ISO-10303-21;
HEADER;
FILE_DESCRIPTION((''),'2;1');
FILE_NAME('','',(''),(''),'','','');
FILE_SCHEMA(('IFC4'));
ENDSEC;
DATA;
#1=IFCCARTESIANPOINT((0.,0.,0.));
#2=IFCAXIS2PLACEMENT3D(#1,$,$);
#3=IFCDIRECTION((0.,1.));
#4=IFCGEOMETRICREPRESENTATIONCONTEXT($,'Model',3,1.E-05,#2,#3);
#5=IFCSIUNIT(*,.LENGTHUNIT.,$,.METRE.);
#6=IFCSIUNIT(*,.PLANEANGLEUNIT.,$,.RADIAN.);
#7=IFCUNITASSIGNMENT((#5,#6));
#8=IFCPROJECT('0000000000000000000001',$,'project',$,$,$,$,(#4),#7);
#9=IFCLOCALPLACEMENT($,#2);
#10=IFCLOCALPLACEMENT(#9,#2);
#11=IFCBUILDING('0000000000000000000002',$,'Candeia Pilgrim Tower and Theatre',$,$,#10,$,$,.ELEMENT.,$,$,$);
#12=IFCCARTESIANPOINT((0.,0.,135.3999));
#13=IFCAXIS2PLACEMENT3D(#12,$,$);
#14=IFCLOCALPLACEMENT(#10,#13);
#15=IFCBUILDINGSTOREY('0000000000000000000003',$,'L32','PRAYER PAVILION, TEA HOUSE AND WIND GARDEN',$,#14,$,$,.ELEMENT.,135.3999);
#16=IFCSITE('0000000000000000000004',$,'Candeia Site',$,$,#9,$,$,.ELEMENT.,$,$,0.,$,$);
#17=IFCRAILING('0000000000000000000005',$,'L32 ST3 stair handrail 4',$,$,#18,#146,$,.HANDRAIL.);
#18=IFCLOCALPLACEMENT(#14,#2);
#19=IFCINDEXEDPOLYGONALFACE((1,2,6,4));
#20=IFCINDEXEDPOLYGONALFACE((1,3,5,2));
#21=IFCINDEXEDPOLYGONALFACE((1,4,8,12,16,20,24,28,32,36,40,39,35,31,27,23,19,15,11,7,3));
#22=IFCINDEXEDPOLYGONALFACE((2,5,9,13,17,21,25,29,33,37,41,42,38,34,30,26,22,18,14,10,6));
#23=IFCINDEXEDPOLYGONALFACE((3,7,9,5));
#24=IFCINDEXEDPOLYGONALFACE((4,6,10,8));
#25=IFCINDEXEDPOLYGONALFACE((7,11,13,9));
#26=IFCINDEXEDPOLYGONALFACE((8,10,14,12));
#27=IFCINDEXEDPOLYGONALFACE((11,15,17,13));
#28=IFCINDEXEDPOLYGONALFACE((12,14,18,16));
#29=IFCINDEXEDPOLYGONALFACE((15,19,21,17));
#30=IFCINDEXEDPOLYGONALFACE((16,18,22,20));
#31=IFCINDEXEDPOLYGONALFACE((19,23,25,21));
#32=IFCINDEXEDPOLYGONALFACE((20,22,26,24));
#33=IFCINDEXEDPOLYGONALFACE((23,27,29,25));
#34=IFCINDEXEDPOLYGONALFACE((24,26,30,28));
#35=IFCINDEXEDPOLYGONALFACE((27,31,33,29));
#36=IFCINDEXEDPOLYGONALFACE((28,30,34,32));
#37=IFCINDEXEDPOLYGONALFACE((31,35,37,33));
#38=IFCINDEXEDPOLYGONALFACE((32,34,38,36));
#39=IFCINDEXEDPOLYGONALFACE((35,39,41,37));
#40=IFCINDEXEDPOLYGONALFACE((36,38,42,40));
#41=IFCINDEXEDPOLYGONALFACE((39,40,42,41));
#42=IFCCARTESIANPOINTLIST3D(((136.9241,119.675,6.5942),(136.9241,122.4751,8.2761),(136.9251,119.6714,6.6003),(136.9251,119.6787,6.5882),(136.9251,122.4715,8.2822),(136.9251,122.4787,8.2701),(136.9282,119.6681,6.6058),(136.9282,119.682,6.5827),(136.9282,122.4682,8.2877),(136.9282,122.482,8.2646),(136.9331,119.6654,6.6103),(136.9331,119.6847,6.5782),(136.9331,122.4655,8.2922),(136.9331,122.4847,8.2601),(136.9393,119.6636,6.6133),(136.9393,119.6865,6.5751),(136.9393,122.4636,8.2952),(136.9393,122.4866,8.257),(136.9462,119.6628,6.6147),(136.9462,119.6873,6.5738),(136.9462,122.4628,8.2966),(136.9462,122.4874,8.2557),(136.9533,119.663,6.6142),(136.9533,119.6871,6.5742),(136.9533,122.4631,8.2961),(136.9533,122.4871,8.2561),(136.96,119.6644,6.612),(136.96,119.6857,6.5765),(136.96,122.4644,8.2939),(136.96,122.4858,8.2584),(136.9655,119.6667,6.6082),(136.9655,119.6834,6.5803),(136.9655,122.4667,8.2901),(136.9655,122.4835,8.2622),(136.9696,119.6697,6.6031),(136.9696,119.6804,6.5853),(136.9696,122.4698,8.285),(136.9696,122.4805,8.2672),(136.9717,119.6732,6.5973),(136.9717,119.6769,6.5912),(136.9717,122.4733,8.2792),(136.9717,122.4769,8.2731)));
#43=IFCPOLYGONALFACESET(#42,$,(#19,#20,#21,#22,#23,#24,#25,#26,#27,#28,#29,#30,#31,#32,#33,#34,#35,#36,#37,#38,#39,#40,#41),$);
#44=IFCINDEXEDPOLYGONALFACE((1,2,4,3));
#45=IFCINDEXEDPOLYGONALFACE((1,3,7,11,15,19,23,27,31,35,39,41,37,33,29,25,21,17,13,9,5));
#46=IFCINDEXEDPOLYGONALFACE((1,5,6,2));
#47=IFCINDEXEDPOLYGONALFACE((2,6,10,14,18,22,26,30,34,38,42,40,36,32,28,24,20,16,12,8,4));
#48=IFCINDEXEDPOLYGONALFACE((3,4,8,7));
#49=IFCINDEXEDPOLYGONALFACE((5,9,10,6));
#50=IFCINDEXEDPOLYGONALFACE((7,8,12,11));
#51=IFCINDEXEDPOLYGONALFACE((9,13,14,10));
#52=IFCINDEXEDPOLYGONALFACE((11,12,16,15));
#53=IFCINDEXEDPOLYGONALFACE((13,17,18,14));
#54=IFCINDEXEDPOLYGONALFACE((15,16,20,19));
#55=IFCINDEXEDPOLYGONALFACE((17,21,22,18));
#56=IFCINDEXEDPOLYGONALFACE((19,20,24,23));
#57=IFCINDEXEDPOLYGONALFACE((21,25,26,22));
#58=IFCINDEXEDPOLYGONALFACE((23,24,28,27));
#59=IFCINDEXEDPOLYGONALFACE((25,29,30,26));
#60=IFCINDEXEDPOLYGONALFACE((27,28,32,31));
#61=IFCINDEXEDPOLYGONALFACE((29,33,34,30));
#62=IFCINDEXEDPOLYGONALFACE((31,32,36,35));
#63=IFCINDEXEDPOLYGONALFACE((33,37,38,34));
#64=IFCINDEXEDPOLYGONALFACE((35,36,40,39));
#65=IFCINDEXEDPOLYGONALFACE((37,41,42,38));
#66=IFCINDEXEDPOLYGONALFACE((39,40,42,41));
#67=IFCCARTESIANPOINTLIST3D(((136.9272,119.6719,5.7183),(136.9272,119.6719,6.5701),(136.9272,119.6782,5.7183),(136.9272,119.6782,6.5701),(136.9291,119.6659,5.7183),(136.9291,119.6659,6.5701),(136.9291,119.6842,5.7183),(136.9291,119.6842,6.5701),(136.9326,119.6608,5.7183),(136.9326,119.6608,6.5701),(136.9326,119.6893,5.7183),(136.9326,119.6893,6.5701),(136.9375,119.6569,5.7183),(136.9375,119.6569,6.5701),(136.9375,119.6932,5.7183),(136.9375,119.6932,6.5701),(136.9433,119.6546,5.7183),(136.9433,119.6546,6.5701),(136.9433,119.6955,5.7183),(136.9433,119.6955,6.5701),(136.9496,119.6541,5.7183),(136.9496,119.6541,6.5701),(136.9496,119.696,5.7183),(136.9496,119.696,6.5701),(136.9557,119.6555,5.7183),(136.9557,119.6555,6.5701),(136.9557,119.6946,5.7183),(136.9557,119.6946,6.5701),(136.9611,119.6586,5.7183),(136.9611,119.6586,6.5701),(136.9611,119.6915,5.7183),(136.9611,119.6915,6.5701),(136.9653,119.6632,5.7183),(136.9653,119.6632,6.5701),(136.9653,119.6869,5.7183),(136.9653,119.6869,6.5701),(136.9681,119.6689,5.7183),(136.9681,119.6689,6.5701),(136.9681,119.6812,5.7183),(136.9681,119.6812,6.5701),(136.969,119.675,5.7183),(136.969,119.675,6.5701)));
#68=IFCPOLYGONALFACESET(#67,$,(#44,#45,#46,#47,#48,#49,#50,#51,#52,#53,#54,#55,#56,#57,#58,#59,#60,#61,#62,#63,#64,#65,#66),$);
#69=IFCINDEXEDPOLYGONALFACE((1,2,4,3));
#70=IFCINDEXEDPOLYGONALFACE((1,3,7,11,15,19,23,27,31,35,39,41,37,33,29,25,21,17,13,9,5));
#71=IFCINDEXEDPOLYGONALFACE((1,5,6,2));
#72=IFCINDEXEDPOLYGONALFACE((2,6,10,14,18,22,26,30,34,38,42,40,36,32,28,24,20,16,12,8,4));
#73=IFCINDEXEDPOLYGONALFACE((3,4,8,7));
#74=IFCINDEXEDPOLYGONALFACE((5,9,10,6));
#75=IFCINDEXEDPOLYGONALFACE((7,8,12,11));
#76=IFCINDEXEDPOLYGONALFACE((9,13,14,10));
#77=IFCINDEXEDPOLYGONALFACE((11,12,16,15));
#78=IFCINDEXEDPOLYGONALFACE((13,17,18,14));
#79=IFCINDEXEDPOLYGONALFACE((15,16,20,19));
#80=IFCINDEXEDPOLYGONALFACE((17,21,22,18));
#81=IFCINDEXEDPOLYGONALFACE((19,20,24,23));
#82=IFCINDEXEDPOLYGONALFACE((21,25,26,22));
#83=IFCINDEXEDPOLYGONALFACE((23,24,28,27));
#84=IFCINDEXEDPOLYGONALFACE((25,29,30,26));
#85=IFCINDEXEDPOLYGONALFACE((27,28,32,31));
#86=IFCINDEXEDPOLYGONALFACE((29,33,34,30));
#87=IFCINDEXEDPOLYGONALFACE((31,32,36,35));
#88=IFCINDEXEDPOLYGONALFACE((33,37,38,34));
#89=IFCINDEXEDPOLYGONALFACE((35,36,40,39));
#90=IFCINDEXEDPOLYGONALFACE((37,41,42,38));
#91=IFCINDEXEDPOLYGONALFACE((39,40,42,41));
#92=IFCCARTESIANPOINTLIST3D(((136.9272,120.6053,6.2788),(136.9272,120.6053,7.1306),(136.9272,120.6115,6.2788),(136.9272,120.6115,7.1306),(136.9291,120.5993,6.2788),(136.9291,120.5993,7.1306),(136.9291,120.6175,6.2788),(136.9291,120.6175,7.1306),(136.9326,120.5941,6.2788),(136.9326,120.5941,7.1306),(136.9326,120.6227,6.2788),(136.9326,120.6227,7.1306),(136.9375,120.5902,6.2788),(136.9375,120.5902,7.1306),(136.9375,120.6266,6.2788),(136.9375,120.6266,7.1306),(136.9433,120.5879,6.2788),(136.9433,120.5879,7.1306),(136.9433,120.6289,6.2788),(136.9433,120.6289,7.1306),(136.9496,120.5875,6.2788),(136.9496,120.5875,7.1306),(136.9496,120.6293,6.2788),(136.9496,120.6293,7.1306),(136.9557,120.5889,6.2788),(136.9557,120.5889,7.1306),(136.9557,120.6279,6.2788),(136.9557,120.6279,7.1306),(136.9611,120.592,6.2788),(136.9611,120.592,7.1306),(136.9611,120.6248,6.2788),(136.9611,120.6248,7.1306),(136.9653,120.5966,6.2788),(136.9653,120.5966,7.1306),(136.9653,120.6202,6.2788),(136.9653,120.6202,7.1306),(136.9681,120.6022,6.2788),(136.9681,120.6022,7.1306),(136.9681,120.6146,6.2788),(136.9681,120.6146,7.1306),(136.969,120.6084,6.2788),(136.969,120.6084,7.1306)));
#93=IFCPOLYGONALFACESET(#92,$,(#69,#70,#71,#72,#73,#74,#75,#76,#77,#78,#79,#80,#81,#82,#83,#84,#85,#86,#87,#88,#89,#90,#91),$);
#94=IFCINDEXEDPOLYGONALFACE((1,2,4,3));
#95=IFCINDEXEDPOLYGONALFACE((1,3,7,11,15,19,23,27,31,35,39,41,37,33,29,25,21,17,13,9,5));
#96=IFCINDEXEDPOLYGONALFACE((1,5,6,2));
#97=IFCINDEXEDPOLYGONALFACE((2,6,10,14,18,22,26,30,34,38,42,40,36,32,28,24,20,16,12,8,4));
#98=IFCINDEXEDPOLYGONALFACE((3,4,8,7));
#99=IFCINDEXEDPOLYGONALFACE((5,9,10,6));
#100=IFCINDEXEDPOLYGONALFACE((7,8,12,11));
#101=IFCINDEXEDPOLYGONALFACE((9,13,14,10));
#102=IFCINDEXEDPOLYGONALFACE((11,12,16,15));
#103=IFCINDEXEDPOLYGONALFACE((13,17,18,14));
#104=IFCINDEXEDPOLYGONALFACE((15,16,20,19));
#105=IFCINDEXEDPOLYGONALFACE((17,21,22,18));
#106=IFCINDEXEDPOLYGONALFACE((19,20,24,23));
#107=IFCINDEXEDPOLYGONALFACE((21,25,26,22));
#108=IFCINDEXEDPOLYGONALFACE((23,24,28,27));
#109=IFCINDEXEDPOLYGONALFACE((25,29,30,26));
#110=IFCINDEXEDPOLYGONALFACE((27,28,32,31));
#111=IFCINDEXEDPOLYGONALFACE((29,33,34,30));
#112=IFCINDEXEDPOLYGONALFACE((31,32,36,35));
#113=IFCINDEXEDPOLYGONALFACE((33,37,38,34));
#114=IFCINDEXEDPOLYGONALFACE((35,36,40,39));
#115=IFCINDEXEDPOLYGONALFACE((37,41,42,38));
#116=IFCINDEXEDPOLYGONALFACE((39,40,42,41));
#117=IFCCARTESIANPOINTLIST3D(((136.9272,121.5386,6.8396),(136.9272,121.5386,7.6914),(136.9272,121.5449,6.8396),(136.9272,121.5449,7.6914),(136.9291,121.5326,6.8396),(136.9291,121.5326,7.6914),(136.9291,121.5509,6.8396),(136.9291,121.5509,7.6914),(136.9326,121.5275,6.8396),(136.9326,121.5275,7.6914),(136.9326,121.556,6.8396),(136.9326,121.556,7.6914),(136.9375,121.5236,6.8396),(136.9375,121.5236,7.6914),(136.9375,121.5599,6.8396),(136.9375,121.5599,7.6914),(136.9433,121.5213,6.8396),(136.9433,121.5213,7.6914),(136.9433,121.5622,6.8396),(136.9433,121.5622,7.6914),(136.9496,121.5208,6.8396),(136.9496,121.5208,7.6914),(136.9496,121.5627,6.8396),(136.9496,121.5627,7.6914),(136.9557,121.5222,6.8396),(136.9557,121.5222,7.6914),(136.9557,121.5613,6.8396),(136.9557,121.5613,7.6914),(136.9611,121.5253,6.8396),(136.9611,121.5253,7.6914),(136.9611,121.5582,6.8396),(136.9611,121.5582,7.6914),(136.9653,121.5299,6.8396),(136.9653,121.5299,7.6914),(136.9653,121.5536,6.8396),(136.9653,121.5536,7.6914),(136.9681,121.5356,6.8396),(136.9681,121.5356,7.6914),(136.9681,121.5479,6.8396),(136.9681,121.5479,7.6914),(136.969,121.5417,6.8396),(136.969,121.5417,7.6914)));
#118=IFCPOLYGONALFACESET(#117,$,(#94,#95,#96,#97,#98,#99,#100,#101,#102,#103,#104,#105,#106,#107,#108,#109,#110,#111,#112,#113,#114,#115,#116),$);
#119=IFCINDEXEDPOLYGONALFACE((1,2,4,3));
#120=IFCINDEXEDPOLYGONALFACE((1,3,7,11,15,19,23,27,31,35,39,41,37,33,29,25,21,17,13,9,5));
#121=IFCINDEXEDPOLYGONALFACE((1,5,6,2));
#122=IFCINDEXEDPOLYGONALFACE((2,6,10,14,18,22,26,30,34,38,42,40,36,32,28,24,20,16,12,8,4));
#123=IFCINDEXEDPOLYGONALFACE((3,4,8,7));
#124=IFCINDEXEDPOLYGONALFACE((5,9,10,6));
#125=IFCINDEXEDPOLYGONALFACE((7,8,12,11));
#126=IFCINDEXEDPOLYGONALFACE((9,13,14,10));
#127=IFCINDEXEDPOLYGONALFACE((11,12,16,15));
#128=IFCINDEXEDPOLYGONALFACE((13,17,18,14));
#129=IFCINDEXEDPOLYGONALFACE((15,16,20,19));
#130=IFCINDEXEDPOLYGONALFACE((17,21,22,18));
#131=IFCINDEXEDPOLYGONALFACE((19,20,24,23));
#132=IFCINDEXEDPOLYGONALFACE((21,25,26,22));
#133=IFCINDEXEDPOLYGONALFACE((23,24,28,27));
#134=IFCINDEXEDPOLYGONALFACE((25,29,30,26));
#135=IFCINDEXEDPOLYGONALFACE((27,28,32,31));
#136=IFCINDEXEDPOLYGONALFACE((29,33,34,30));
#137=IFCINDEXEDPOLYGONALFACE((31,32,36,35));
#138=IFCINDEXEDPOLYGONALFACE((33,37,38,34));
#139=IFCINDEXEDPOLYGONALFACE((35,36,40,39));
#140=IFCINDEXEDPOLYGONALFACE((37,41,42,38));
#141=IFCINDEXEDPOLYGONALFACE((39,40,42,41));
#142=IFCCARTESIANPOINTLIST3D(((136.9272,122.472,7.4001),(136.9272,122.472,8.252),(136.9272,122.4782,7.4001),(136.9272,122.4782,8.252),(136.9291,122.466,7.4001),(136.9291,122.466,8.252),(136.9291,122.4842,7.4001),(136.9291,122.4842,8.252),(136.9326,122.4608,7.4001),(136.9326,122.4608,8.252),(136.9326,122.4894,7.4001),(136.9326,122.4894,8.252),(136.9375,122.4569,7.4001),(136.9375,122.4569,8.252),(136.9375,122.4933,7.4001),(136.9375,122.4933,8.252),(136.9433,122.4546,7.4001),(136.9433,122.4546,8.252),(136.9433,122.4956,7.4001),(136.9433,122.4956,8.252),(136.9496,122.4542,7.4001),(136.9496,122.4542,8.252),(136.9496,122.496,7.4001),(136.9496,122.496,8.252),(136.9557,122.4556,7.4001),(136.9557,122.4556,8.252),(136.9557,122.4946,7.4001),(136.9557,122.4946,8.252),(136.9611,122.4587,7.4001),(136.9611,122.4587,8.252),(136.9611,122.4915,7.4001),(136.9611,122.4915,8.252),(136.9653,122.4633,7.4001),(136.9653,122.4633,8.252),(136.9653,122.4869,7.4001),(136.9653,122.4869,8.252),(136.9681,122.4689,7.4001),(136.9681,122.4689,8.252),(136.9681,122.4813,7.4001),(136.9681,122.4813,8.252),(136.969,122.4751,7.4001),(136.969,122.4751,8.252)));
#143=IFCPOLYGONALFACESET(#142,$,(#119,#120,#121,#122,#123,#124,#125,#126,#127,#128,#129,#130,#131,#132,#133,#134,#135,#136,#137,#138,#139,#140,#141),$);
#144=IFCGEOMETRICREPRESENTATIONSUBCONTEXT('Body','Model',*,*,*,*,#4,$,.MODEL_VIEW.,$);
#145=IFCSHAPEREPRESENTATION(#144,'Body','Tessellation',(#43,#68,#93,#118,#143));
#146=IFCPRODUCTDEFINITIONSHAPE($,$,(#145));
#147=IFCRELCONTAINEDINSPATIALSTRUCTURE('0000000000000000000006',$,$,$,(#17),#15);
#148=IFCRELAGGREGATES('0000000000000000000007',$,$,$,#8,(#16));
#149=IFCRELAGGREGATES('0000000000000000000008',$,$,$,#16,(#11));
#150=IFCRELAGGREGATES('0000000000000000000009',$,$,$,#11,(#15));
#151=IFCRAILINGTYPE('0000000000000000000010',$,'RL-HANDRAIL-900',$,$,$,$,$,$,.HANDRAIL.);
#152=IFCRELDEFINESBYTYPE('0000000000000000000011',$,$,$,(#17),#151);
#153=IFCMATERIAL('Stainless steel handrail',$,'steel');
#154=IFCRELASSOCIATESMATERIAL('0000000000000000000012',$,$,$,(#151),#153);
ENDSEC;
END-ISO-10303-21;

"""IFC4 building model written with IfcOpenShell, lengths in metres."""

from ifc_helpers import new_model, si_unit, direction, frame, origin, origin_2d, place, context, subcontext, project, spatial, circle, extrude, material, type_object, element, save


model = new_model("IFC4")

# Units and contexts
model_context = context("Model", 3, precision=1e-05, world=origin(), true_north=direction((0.0, 1.0)))
body_context = subcontext(model_context, "Body", "Model", "MODEL_VIEW")
ifc_project = project(units=[si_unit("LENGTHUNIT", "METRE"), si_unit("PLANEANGLEUNIT", "RADIAN")], contexts=[model_context])

# Site, building, storey
site_placement = place(None, origin())
site = spatial("IfcSite", under=ifc_project, at=site_placement, Name="Candeia Site", CompositionType="ELEMENT", RefElevation=0.0)
building_placement = place(site_placement, origin())
building = spatial("IfcBuilding", under=site, at=building_placement, Name="Candeia Pilgrim Tower and Theatre", CompositionType="ELEMENT")
storey_placement = place(building_placement, frame((0.0, 0.0, 135.3999)))
storey = spatial("IfcBuildingStorey", under=building, at=storey_placement, Name="L32", Description="PRAYER PAVILION, TEA HOUSE AND WIND GARDEN", CompositionType="ELEMENT", Elevation=135.3999)

# Railing
ifc_material_1 = material(Name="Stainless steel handrail", Category="steel")
railing_type_1 = type_object("IfcRailingType", Name="RL-HANDRAIL-900", PredefinedType="HANDRAIL", material=ifc_material_1)
railing_1_placement = place(storey_placement, frame((136.948, 119.675, 5.7183)))
element("IfcRailing", 1, at=railing_1_placement, inside=storey, type_object=railing_type_1, Name="L32 ST3 stair handrail 4", PredefinedType="HANDRAIL", context=body_context, shape_type="SweptSolid", body=[
    extrude(circle(Radius=0.0239, at=origin_2d()), frame((0.0, 0.0, 0.876), z_axis=(0.0, 0.857242, 0.514913), x_axis=(-1.0, 0.0, 0.0)), (0.0, 0.0, 1.0), 3.2664),
    extrude(circle(Radius=0.021, at=origin_2d()), origin(), (0.0, 0.0, 1.0), 0.8518),
    extrude(circle(Radius=0.021, at=origin_2d()), frame((0.0, 0.9333, 0.5605)), (0.0, 0.0, 1.0), 0.8518),
    extrude(circle(Radius=0.021, at=origin_2d()), frame((0.0, 1.8667, 1.1213)), (0.0, 0.0, 1.0), 0.8518),
    extrude(circle(Radius=0.021, at=origin_2d()), frame((0.0, 2.8, 1.6819)), (0.0, 0.0, 1.0), 0.8518),
])

save(model, "model.ifc")
